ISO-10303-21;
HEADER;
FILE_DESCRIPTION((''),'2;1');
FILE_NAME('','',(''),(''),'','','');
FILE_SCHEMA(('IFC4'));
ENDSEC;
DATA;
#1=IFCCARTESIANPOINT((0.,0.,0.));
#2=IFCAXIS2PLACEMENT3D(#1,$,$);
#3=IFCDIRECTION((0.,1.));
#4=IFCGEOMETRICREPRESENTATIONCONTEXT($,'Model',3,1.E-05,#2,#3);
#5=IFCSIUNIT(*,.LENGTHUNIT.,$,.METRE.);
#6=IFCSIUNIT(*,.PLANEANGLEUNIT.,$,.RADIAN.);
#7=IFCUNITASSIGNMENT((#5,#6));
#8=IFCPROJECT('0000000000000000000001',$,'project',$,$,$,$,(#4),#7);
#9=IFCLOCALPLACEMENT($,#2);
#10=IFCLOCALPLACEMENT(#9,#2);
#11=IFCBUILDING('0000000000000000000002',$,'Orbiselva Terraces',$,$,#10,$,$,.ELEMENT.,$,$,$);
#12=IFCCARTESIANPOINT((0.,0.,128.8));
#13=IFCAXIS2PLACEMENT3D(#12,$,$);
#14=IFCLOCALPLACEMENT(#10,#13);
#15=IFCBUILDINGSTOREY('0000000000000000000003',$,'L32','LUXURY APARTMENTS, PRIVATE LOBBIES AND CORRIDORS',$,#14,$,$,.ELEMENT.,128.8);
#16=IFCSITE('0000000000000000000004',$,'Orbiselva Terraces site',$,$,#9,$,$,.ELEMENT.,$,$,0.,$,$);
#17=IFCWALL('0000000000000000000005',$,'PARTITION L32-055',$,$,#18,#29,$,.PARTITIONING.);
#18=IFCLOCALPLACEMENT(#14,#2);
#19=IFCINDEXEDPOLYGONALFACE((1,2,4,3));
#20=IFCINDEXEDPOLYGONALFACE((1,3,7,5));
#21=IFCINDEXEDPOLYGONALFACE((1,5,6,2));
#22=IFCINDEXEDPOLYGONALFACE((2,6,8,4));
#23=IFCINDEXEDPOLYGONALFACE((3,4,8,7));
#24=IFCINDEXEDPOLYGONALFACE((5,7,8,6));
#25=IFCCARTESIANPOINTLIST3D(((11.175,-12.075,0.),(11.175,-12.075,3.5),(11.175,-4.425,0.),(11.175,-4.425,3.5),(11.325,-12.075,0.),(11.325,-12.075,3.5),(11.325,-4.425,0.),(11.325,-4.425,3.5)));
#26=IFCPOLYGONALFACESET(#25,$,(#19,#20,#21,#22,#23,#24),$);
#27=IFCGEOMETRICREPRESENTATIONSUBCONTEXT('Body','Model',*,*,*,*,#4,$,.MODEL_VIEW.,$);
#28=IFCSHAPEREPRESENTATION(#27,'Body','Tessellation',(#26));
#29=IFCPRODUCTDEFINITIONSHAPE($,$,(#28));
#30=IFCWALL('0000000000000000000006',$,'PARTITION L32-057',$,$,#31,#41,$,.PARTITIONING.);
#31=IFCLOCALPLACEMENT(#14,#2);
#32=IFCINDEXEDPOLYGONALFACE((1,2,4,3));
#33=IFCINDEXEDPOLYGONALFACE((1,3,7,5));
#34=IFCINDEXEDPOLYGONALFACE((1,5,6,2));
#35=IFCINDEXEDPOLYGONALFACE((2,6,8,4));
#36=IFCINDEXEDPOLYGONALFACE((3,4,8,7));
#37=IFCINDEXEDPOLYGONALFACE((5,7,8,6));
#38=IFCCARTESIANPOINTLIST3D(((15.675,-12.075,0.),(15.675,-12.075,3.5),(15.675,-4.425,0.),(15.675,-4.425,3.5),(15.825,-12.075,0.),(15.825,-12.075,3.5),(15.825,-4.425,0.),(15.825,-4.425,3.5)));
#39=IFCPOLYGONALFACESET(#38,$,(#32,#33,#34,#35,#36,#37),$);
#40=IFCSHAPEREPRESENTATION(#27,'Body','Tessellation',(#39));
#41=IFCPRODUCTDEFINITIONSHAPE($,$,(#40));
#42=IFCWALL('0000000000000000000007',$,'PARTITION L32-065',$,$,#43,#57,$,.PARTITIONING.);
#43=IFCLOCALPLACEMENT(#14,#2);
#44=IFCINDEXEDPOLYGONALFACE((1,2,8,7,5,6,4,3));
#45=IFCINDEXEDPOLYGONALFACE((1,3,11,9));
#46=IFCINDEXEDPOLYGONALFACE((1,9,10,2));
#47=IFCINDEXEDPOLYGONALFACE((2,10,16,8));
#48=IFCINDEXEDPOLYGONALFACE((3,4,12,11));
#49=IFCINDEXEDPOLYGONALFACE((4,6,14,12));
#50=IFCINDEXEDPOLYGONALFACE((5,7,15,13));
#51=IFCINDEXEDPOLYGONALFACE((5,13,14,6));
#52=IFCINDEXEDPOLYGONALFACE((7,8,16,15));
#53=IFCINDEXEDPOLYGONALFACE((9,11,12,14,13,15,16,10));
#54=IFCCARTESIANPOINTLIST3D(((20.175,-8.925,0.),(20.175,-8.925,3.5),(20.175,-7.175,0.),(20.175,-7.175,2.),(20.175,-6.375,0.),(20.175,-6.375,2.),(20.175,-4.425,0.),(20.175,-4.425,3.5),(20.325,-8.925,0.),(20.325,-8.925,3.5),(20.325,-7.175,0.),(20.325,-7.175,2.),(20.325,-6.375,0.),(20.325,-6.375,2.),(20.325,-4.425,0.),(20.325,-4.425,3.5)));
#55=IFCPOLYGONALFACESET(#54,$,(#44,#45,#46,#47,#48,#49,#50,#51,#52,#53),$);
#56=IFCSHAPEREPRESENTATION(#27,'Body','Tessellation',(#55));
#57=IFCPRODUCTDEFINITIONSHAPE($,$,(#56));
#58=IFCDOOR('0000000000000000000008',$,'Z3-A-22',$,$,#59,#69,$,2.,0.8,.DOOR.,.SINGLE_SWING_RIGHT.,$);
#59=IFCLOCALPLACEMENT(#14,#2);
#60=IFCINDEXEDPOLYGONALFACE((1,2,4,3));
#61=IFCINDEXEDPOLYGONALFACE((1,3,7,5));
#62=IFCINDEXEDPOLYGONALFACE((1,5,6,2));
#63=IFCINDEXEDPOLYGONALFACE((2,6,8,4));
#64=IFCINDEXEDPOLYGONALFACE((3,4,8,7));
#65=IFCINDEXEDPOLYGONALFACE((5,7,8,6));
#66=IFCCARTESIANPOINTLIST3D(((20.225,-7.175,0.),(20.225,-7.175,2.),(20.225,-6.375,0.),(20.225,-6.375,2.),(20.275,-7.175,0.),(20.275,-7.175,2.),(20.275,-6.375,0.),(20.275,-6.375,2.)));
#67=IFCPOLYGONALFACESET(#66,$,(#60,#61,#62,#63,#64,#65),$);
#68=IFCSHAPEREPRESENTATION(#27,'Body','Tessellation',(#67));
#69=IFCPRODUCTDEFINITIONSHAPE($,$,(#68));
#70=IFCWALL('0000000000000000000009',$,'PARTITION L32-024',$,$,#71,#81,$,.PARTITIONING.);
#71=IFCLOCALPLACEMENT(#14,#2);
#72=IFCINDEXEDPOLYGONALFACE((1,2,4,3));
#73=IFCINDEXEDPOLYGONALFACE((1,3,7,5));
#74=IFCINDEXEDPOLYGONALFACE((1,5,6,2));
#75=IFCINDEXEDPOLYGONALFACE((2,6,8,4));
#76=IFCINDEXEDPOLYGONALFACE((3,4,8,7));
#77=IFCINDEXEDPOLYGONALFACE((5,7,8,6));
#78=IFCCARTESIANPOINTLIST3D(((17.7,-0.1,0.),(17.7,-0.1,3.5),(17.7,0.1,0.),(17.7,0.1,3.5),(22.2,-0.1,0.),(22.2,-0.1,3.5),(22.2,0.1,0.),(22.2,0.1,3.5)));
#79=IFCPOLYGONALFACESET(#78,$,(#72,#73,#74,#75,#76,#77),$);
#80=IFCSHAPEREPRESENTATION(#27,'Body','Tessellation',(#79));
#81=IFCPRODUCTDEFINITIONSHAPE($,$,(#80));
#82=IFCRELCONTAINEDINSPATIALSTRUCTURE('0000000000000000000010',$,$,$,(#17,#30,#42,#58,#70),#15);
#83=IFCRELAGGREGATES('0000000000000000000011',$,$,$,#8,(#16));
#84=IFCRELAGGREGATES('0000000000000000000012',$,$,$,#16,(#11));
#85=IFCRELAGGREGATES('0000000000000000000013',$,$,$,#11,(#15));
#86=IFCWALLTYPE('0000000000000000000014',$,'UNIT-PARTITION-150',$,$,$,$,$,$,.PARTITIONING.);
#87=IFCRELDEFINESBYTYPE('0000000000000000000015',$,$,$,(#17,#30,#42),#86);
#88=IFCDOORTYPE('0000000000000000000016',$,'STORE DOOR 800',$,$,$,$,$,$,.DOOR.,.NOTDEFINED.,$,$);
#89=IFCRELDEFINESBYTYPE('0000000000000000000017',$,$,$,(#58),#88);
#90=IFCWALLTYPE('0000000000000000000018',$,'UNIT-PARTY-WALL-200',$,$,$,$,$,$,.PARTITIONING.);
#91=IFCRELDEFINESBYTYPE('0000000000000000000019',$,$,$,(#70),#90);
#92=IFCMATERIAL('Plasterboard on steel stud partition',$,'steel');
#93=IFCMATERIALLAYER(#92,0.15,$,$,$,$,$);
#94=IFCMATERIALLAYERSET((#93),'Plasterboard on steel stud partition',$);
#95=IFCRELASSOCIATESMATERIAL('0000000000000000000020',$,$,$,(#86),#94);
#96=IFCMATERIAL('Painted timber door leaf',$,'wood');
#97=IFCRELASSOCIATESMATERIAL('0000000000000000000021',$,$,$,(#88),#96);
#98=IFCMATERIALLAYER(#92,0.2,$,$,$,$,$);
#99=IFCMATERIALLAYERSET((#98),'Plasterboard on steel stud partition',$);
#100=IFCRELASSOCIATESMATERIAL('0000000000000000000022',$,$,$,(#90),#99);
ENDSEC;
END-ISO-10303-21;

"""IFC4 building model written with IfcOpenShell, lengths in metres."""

from ifc_helpers import new_model, si_unit, direction, frame, frame_2d, origin, place, context, subcontext, project, spatial, rectangle, extrude, material, layer, layer_set, type_object, element, fill, save


model = new_model("IFC4")

# Units and contexts
model_context = context("Model", 3, precision=1e-05, world=origin(), true_north=direction((0.0, 1.0)))
body_context = subcontext(model_context, "Body", "Model", "MODEL_VIEW")
ifc_project = project(units=[si_unit("LENGTHUNIT", "METRE"), si_unit("PLANEANGLEUNIT", "RADIAN")], contexts=[model_context])

# Site, building, storey
site_placement = place(None, origin())
site = spatial("IfcSite", under=ifc_project, at=site_placement, Name="Orbiselva Terraces site", CompositionType="ELEMENT", RefElevation=0.0)
building_placement = place(site_placement, origin())
building = spatial("IfcBuilding", under=site, at=building_placement, Name="Orbiselva Terraces", CompositionType="ELEMENT")
storey_placement = place(building_placement, frame((0.0, 0.0, 128.8)))
storey = spatial("IfcBuildingStorey", under=building, at=storey_placement, Name="L32", Description="LUXURY APARTMENTS, PRIVATE LOBBIES AND CORRIDORS", CompositionType="ELEMENT", Elevation=128.8)

# Shared definitions
ifc_material_1 = material(Name="Plasterboard on steel stud partition", Category="steel")
ifc_material_2 = material(Name="Painted timber door leaf", Category="wood")

# Shared definitions
ifc_layer_1 = layer(ifc_material_1, 0.15)
ifc_layer_set_1 = layer_set([ifc_layer_1], Name="Plasterboard on steel stud partition")
wall_type_1 = type_object("IfcWallType", Name="UNIT-PARTITION-150", PredefinedType="PARTITIONING", material=ifc_layer_set_1)

# Shared definitions
door_type_1 = type_object("IfcDoorType", Name="STORE DOOR 800", OperationType="NOTDEFINED", PredefinedType="DOOR", material=ifc_material_2)

# Walls
for number, where, z_axis, x_axis, name in (
    (1, (11.25, -12.075, 0.0), (0.0, 0.0, 1.0), (0.0, 1.0, 0.0), "PARTITION L32-055"),
    (2, (15.75, -12.075, 0.0), (0.0, 0.0, 1.0), (0.0, 1.0, 0.0), "PARTITION L32-057"),
):
    element("IfcWall", number, at=place(storey_placement, frame(where, z_axis=z_axis, x_axis=x_axis)), inside=storey, type_object=wall_type_1, Name=name, PredefinedType="PARTITIONING", context=body_context, shape_type="SweptSolid", body=[
        extrude(rectangle(XDim=7.65, YDim=0.15, at=frame_2d((3.825, 0.0))), origin(), (0.0, 0.0, 1.0), 3.5),
    ])

# Wall, opening, door
wall_1_placement = place(storey_placement, frame((20.25, -4.425, 0.0), z_axis=(0.0, 0.0, 1.0), x_axis=(0.0, -1.0, 0.0)))
wall_1 = element("IfcWall", 3, at=wall_1_placement, inside=storey, type_object=wall_type_1, Name="PARTITION L32-065", PredefinedType="PARTITIONING", context=body_context, shape_type="SweptSolid", body=[
    extrude(rectangle(XDim=4.5, YDim=0.15, at=frame_2d((2.25, 0.0))), origin(), (0.0, 0.0, 1.0), 3.5),
])
opening_1_placement = place(wall_1_placement, frame((1.95, 0.0, 0.0)))
opening_1 = element("IfcOpeningElement", 4, at=opening_1_placement, cuts=wall_1, PredefinedType="OPENING", context=body_context, shape_type="SweptSolid", body=[
    extrude(rectangle(XDim=0.8, YDim=2.0, at=frame_2d((0.4, 1.0))), frame((0.0, 0.085, 0.0), z_axis=(0.0, -1.0, 0.0), x_axis=(1.0, 0.0, 0.0)), (0.0, 0.0, 1.0), 0.17),
])
door_1_placement = place(opening_1_placement, origin())
door_1 = element("IfcDoor", 5, at=door_1_placement, inside=storey, type_object=door_type_1, Name="Z3-A-22", OperationType="SINGLE_SWING_RIGHT", OverallHeight=2.0, OverallWidth=0.8, PredefinedType="DOOR", context=body_context, shape_type="SweptSolid", body=[
    extrude(rectangle(XDim=0.8, YDim=2.0, at=frame_2d((0.4, 1.0))), frame((0.0, 0.025, 0.0), z_axis=(0.0, -1.0, 0.0), x_axis=(1.0, 0.0, 0.0)), (0.0, 0.0, 1.0), 0.05),
])
fill(opening_1, door_1)

# Wall
ifc_layer_2 = layer(ifc_material_1, 0.2)
ifc_layer_set_2 = layer_set([ifc_layer_2], Name="Plasterboard on steel stud partition")
wall_type_2 = type_object("IfcWallType", Name="UNIT-PARTY-WALL-200", PredefinedType="PARTITIONING", material=ifc_layer_set_2)
wall_2_placement = place(storey_placement, frame((17.7, 0.0, 0.0), z_axis=(0.0, 0.0, 1.0), x_axis=(1.0, 0.0, 0.0)))
element("IfcWall", 6, at=wall_2_placement, inside=storey, type_object=wall_type_2, Name="PARTITION L32-024", PredefinedType="PARTITIONING", context=body_context, shape_type="SweptSolid", body=[
    extrude(rectangle(XDim=4.5, YDim=0.2, at=frame_2d((2.25, 0.0))), origin(), (0.0, 0.0, 1.0), 3.5),
])

save(model, "model.ifc")
